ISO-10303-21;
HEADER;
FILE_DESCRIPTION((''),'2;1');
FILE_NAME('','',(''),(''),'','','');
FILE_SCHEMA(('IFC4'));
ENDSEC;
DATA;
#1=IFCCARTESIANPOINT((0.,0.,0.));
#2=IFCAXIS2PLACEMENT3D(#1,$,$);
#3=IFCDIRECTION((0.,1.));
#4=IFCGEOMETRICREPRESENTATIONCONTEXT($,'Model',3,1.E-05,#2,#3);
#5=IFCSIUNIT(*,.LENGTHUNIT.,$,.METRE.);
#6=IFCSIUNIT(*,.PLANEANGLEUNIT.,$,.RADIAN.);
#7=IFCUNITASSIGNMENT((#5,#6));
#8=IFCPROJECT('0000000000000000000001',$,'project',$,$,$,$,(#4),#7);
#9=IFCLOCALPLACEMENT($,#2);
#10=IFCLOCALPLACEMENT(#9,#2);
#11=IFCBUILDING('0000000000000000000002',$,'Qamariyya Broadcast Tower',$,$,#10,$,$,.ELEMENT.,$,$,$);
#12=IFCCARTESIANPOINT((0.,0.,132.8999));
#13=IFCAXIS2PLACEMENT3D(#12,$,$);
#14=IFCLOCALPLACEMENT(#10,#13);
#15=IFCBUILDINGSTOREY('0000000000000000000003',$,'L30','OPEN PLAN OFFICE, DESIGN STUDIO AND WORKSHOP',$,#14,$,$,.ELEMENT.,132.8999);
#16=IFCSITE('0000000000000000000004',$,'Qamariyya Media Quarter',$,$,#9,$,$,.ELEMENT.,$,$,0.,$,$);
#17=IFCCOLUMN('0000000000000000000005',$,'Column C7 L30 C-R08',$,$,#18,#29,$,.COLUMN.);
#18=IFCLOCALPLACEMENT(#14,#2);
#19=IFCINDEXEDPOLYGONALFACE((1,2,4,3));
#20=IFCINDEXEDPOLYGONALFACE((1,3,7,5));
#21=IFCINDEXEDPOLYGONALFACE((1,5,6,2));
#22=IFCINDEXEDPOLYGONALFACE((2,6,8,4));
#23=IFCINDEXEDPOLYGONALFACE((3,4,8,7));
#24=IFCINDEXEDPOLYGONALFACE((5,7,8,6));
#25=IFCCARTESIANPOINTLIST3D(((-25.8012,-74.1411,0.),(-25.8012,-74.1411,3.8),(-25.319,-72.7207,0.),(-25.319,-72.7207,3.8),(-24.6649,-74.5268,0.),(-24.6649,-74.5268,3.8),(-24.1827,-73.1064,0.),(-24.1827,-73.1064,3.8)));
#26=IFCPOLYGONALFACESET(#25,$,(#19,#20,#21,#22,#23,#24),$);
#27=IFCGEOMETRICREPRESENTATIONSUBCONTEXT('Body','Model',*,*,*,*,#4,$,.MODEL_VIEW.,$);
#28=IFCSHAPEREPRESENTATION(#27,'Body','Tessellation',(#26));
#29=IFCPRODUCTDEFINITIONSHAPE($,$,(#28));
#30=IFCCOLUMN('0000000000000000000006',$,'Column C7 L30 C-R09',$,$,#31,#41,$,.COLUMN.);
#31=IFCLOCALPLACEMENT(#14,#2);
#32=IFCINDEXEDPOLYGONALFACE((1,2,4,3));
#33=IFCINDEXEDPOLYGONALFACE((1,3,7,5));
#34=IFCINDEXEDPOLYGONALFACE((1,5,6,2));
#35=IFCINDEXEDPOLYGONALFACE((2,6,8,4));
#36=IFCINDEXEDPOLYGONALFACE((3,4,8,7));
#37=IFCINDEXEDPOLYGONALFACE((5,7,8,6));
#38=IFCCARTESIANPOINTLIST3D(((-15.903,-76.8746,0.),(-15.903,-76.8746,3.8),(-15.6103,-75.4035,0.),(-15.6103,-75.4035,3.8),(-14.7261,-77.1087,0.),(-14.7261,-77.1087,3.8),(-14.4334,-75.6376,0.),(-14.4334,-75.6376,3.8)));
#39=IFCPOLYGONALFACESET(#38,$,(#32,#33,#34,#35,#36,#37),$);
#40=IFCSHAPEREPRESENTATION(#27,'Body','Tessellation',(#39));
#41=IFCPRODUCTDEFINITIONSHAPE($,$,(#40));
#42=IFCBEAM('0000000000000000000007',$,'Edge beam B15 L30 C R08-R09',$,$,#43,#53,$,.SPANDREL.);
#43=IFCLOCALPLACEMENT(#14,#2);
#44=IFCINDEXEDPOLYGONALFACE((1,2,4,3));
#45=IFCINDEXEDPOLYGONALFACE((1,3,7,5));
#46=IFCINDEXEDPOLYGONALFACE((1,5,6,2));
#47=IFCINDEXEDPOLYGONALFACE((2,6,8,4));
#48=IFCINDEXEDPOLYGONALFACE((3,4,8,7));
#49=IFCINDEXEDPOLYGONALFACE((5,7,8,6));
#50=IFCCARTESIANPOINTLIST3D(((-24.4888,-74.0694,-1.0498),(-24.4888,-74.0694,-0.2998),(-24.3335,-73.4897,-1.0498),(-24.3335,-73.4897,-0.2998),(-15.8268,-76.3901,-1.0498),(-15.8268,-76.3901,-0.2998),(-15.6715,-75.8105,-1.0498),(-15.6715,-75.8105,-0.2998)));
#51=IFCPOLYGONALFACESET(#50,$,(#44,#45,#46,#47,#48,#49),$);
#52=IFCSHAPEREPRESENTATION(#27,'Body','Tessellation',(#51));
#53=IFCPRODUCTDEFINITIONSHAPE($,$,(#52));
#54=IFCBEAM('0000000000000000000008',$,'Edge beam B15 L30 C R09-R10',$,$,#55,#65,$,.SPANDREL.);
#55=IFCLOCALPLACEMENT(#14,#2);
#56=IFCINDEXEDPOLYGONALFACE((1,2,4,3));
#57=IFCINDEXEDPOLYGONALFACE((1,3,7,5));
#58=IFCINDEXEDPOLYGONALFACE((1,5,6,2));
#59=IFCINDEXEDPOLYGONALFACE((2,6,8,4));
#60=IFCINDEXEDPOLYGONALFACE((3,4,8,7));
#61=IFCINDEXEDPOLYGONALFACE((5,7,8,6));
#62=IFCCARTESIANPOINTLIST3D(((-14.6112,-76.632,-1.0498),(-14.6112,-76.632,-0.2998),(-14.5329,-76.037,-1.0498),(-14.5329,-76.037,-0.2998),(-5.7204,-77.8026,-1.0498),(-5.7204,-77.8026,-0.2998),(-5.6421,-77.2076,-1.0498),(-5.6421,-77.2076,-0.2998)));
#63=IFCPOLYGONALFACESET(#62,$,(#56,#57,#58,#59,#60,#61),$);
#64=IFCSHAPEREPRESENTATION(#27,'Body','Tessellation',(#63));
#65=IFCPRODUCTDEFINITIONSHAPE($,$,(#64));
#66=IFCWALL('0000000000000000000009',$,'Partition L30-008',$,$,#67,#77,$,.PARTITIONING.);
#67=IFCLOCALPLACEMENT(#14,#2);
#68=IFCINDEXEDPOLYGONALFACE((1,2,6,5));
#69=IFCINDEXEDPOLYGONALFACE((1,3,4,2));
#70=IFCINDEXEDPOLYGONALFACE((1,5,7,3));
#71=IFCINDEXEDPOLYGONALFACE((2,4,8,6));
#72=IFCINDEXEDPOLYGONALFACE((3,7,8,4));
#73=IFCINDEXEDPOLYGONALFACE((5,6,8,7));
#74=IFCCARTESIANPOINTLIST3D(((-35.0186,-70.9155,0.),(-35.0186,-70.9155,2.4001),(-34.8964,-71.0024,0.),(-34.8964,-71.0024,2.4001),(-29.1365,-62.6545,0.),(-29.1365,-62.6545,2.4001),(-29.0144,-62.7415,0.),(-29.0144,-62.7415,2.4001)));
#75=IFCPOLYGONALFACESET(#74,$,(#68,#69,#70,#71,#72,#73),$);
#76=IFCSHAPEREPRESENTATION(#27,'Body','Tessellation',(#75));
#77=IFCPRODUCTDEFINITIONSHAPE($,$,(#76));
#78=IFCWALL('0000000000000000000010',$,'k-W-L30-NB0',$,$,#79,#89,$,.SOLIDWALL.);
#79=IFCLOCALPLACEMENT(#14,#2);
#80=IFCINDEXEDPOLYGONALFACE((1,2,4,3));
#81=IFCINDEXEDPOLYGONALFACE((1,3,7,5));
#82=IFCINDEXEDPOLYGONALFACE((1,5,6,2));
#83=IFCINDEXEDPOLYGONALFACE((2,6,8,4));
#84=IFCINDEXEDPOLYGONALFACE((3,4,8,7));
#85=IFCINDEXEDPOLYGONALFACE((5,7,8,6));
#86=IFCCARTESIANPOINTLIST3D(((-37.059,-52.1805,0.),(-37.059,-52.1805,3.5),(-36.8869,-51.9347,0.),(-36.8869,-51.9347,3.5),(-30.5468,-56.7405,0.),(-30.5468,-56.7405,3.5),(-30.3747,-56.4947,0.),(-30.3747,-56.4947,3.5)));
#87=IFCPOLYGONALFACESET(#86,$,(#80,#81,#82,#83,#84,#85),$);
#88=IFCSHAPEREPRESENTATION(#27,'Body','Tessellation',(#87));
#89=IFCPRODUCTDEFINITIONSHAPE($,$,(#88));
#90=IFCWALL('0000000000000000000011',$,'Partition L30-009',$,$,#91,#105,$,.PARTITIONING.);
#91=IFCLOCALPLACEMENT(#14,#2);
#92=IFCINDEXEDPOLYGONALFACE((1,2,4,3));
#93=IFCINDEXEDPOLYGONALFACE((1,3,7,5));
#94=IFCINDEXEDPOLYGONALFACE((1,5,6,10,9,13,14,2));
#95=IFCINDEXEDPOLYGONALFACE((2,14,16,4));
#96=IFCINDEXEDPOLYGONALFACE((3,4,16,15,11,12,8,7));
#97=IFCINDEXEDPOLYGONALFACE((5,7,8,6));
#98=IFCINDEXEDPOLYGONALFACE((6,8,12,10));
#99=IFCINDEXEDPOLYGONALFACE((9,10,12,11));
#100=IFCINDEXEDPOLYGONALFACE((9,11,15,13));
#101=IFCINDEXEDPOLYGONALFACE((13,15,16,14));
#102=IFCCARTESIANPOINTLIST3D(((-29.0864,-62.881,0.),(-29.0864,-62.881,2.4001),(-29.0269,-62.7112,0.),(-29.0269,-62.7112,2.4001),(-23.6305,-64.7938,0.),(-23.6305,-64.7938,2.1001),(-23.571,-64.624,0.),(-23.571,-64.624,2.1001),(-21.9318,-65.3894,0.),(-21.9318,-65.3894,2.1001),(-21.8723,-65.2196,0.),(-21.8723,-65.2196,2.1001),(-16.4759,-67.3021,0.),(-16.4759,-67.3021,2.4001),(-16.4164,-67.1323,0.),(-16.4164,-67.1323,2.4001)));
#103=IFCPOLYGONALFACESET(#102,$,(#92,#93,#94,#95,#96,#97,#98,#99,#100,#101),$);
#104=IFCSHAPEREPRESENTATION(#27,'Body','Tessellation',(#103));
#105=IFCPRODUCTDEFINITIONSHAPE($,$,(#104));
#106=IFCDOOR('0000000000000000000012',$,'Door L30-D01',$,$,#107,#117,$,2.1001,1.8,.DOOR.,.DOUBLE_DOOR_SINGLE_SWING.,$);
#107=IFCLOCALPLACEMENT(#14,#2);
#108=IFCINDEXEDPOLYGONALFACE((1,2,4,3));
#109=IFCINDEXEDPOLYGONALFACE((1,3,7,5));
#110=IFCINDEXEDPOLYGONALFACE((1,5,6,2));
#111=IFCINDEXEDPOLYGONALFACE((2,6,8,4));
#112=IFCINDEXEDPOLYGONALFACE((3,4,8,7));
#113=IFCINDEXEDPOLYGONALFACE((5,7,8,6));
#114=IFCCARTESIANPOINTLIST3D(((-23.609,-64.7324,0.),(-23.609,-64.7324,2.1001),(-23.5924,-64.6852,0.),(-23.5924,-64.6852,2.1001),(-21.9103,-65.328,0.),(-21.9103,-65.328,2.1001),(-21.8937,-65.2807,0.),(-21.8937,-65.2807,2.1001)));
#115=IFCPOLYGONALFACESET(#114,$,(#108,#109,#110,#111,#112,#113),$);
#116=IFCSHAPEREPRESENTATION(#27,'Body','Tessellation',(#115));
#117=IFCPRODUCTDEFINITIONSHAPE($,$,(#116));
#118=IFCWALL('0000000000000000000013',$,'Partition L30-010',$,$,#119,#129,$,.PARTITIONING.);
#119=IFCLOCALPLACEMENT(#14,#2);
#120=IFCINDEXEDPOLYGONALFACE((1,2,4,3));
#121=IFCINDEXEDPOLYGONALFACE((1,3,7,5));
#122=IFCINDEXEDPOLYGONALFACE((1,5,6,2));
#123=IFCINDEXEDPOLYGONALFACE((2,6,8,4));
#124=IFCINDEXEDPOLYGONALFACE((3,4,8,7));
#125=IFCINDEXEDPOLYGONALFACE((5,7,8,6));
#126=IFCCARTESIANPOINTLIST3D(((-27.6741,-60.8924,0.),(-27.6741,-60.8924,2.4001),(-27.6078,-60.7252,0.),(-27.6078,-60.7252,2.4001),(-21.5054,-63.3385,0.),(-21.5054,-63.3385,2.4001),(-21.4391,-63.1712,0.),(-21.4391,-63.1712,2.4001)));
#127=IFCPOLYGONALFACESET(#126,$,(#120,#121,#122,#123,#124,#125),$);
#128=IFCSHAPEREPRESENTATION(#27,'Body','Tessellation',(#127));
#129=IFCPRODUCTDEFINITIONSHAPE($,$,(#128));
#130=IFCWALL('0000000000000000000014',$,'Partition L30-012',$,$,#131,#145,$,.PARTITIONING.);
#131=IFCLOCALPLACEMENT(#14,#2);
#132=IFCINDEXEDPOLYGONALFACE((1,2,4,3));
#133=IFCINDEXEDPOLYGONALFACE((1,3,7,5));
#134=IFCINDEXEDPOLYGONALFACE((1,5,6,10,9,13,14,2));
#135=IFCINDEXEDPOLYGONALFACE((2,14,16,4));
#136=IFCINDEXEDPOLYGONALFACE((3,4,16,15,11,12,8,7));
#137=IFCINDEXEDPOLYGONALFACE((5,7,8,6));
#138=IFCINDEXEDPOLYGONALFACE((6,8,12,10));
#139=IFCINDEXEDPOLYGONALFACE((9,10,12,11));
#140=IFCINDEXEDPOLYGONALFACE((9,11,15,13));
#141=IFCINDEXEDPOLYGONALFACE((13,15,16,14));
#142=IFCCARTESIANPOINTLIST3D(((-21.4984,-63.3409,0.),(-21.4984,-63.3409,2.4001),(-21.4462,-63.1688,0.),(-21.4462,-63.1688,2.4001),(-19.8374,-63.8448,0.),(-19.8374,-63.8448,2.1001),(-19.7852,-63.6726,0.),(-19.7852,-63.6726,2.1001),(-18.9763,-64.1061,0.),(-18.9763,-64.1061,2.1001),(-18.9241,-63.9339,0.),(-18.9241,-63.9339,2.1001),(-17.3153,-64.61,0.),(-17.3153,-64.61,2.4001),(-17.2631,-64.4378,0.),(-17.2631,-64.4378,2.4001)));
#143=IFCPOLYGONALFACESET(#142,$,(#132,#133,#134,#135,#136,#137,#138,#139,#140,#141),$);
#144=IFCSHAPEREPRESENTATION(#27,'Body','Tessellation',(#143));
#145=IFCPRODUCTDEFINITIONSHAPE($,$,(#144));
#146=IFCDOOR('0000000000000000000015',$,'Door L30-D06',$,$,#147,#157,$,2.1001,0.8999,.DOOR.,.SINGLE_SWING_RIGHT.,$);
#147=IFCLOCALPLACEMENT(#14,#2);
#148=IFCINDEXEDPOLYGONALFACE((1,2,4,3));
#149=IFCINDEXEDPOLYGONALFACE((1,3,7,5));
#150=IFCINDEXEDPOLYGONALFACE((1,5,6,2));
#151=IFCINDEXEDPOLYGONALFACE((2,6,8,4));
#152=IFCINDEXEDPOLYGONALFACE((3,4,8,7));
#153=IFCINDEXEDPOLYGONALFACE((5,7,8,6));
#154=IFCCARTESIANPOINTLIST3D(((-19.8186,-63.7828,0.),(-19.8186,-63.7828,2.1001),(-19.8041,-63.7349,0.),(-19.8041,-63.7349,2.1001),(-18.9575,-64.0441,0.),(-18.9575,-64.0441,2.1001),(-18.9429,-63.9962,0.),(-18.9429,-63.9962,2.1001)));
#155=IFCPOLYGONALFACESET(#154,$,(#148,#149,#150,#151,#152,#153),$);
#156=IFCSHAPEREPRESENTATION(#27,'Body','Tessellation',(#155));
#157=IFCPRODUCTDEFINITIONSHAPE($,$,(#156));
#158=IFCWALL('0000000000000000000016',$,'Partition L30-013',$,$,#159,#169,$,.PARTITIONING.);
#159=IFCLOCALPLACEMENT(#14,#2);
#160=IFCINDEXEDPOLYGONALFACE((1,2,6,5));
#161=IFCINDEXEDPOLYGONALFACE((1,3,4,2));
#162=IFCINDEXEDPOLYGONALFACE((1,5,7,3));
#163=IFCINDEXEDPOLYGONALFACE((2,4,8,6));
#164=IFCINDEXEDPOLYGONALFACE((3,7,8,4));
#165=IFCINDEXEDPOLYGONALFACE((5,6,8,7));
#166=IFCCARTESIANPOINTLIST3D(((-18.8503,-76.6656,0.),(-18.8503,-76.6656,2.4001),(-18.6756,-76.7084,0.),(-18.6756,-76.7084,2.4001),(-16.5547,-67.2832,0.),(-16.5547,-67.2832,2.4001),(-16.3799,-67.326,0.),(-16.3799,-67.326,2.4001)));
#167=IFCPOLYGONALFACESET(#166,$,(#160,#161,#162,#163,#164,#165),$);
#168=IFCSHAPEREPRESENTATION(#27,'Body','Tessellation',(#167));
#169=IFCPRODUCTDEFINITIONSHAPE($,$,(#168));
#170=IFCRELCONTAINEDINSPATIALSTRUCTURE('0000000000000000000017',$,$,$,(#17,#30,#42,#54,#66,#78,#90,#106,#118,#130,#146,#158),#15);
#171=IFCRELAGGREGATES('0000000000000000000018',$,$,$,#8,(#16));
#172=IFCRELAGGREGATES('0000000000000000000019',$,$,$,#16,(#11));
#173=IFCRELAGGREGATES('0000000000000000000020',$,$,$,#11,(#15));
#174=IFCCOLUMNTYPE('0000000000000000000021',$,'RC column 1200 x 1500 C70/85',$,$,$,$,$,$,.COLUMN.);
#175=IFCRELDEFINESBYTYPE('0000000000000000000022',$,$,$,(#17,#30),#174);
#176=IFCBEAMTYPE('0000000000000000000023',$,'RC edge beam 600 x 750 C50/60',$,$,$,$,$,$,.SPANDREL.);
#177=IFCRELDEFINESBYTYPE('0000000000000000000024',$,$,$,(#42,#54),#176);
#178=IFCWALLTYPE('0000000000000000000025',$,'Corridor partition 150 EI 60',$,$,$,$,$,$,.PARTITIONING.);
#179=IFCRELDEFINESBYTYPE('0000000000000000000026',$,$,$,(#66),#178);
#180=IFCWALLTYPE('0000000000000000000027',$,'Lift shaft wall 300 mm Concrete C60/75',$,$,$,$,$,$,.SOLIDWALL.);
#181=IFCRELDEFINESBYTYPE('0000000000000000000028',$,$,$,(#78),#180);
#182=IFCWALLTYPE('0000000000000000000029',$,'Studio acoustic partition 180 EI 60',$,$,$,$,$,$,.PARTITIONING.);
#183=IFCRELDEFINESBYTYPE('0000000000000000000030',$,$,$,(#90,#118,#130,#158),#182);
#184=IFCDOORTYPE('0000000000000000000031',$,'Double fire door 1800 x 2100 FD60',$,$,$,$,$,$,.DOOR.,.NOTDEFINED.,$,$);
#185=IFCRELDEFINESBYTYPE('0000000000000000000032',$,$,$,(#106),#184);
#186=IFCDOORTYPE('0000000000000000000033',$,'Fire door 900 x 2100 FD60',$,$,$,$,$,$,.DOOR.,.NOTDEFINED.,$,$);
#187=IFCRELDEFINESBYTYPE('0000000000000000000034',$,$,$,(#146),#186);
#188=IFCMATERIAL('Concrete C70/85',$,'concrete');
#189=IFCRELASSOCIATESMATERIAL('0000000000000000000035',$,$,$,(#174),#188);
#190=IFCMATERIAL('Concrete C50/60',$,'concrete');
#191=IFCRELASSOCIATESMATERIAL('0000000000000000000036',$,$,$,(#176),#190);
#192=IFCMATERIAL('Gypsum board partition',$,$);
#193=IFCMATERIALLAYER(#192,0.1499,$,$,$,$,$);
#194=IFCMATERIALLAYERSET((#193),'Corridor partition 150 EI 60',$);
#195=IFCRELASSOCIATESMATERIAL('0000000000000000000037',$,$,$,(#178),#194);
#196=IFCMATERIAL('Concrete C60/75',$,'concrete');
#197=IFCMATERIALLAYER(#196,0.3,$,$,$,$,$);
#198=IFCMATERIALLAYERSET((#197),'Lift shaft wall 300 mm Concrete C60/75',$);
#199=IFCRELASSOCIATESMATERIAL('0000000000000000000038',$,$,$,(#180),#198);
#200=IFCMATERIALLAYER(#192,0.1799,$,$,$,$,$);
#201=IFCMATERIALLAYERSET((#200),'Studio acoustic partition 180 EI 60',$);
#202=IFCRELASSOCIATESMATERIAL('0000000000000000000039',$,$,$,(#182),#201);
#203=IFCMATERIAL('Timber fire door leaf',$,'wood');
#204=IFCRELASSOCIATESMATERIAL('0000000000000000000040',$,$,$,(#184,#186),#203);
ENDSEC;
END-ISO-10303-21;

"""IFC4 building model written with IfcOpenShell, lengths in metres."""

from ifc_helpers import new_model, si_unit, direction, frame, frame_2d, origin, origin_2d, place, context, subcontext, project, spatial, rectangle, extrude, material, layer, layer_set, material_profile, profile_set, type_object, element, fill, save


model = new_model("IFC4")

# Units and contexts
model_context = context("Model", 3, precision=1e-05, world=origin(), true_north=direction((0.0, 1.0)))
body_context = subcontext(model_context, "Body", "Model", "MODEL_VIEW")
ifc_project = project(units=[si_unit("LENGTHUNIT", "METRE"), si_unit("PLANEANGLEUNIT", "RADIAN")], contexts=[model_context])

# Site, building, storey
site_placement = place(None, origin())
site = spatial("IfcSite", under=ifc_project, at=site_placement, Name="Qamariyya Media Quarter", CompositionType="ELEMENT", RefElevation=0.0)
building_placement = place(site_placement, origin())
building = spatial("IfcBuilding", under=site, at=building_placement, Name="Qamariyya Broadcast Tower", CompositionType="ELEMENT")
storey_placement = place(building_placement, frame((0.0, 0.0, 132.8999)))
storey = spatial("IfcBuildingStorey", under=building, at=storey_placement, Name="L30", Description="OPEN PLAN OFFICE, DESIGN STUDIO AND WORKSHOP", CompositionType="ELEMENT", Elevation=132.8999)

# Columns
ifc_material_1 = material(Name="Concrete C70/85", Category="concrete")
ifc_material_profile_1 = material_profile(ifc_material_1, rectangle(XDim=1.2, YDim=1.5, at=origin_2d()))
ifc_profile_set_1 = profile_set([ifc_material_profile_1], Name="Concrete C70/85")
column_type = type_object("IfcColumnType", Name="RC column 1200 x 1500 C70/85", PredefinedType="COLUMN", material=ifc_profile_set_1)
for number, where, z_axis, x_axis, name in (
    (1, (-24.9919, -73.6238, 0.0), (0.0, 0.0, 1.0), (0.94693, -0.321439, 0.0), "Column C7 L30 C-R08"),
    (2, (-15.1682, -76.2561, 0.0), (0.0, 0.0, 1.0), (0.980785, -0.19509, 0.0), "Column C7 L30 C-R09"),
):
    element("IfcColumn", number, at=place(storey_placement, frame(where, z_axis=z_axis, x_axis=x_axis)), inside=storey, type_object=column_type, Name=name, PredefinedType="COLUMN", context=body_context, shape_type="SweptSolid", body=[
        extrude(rectangle(XDim=1.2, YDim=1.5, at=origin_2d()), origin(), (0.0, 0.0, 1.0), 3.8),
    ])

# Beams
ifc_material_2 = material(Name="Concrete C50/60", Category="concrete")
ifc_material_profile_2 = material_profile(ifc_material_2, rectangle(XDim=0.6001, YDim=0.75, at=origin_2d()))
ifc_profile_set_2 = profile_set([ifc_material_profile_2], Name="Concrete C50/60")
beam_type = type_object("IfcBeamType", Name="RC edge beam 600 x 750 C50/60", PredefinedType="SPANDREL", material=ifc_profile_set_2)
for number, where, z_axis, x_axis, name in (
    (3, (-24.4111, -73.7795, -0.6748), (0.965932, -0.258798, 0.0), (0.258798, 0.965932, 0.0), "Edge beam B15 L30 C R08-R09"),
    (4, (-14.572, -76.3345, -0.6748), (0.991443, -0.130543, 0.0), (0.130543, 0.991443, 0.0), "Edge beam B15 L30 C R09-R10"),
):
    element("IfcBeam", number, at=place(storey_placement, frame(where, z_axis=z_axis, x_axis=x_axis)), inside=storey, type_object=beam_type, Name=name, PredefinedType="SPANDREL", context=body_context, shape_type="SweptSolid", body=[
        extrude(rectangle(XDim=0.6001, YDim=0.75, at=origin_2d()), origin(), (0.0, 0.0, 1.0), 8.9675),
    ])

# Walls
ifc_material_3 = material(Name="Gypsum board partition")
ifc_layer_1 = layer(ifc_material_3, 0.1499)
ifc_layer_set_1 = layer_set([ifc_layer_1], Name="Corridor partition 150 EI 60")
wall_type_1 = type_object("IfcWallType", Name="Corridor partition 150 EI 60", PredefinedType="PARTITIONING", material=ifc_layer_set_1)
wall_1_placement = place(storey_placement, frame((-29.0754, -62.698, 0.0), z_axis=(0.0, 0.0, 1.0), x_axis=(-0.580021, -0.814601, 0.0)))
element("IfcWall", 5, at=wall_1_placement, inside=storey, type_object=wall_type_1, Name="Partition L30-008", PredefinedType="PARTITIONING", context=body_context, shape_type="SweptSolid", body=[
    extrude(rectangle(XDim=10.1411, YDim=0.1499, at=frame_2d((5.0706, 0.0))), origin(), (0.0, 0.0, 1.0), 2.4001),
])
ifc_material_4 = material(Name="Concrete C60/75", Category="concrete")
ifc_layer_2 = layer(ifc_material_4, 0.3)
ifc_layer_set_2 = layer_set([ifc_layer_2], Name="Lift shaft wall 300 mm Concrete C60/75")
wall_type_2 = type_object("IfcWallType", Name="Lift shaft wall 300 mm Concrete C60/75", PredefinedType="SOLIDWALL", material=ifc_layer_set_2)
wall_2_placement = place(storey_placement, frame((-30.4607, -56.6177, 0.0), z_axis=(0.0, 0.0, 1.0), x_axis=(-0.819142, 0.57359, 0.0)))
element("IfcWall", 6, at=wall_2_placement, inside=storey, type_object=wall_type_2, Name="k-W-L30-NB0", PredefinedType="SOLIDWALL", context=body_context, shape_type="SweptSolid", body=[
    extrude(rectangle(XDim=7.95, YDim=0.3, at=frame_2d((3.9751, 0.0))), origin(), (0.0, 0.0, 1.0), 3.5),
])

# Wall, opening, door
ifc_layer_3 = layer(ifc_material_3, 0.1799)
ifc_layer_set_3 = layer_set([ifc_layer_3], Name="Studio acoustic partition 180 EI 60")
wall_type_3 = type_object("IfcWallType", Name="Studio acoustic partition 180 EI 60", PredefinedType="PARTITIONING", material=ifc_layer_set_3)
wall_3_placement = place(storey_placement, frame((-16.446, -67.2173, 0.0), z_axis=(0.0, 0.0, 1.0), x_axis=(-0.943685, 0.330846, 0.0)))
wall_3 = element("IfcWall", 7, at=wall_3_placement, inside=storey, type_object=wall_type_3, Name="Partition L30-009", PredefinedType="PARTITIONING", context=body_context, shape_type="SweptSolid", body=[
    extrude(rectangle(XDim=13.363, YDim=0.1799, at=frame_2d((6.6816, 0.0))), origin(), (0.0, 0.0, 1.0), 2.4001),
])
opening_1_placement = place(wall_3_placement, frame((5.7817, 0.0, 0.0)))
opening_1 = element("IfcOpeningElement", 8, at=opening_1_placement, cuts=wall_3, PredefinedType="OPENING", context=body_context, shape_type="SweptSolid", body=[
    extrude(rectangle(XDim=1.8, YDim=2.1001, at=frame_2d((0.8999, 1.05))), frame((0.0, 0.0999, 0.0), z_axis=(0.0, -1.0, 0.0), x_axis=(1.0, 0.0, 0.0)), (0.0, 0.0, 1.0), 0.2),
])
ifc_material_5 = material(Name="Timber fire door leaf", Category="wood")
door_type_1 = type_object("IfcDoorType", Name="Double fire door 1800 x 2100 FD60", OperationType="NOTDEFINED", PredefinedType="DOOR", material=ifc_material_5)
door_1_placement = place(opening_1_placement, origin())
door_1 = element("IfcDoor", 9, at=door_1_placement, inside=storey, type_object=door_type_1, Name="Door L30-D01", OperationType="DOUBLE_DOOR_SINGLE_SWING", OverallHeight=2.1001, OverallWidth=1.8, PredefinedType="DOOR", context=body_context, shape_type="SweptSolid", body=[
    extrude(rectangle(XDim=1.8, YDim=2.1001, at=frame_2d((0.8999, 1.05))), frame((0.0, 0.0249, 0.0), z_axis=(0.0, -1.0, 0.0), x_axis=(1.0, 0.0, 0.0)), (0.0, 0.0, 1.0), 0.05),
])
fill(opening_1, door_1)

# Wall
wall_4_placement = place(storey_placement, frame((-27.6409, -60.8088, 0.0), z_axis=(0.0, 0.0, 1.0), x_axis=(0.929586, -0.368604, 0.0)))
element("IfcWall", 10, at=wall_4_placement, inside=storey, type_object=wall_type_3, Name="Partition L30-010", PredefinedType="PARTITIONING", context=body_context, shape_type="SweptSolid", body=[
    extrude(rectangle(XDim=6.636, YDim=0.1799, at=frame_2d((3.3179, 0.0))), origin(), (0.0, 0.0, 1.0), 2.4001),
])

# Wall, opening, door
wall_5_placement = place(storey_placement, frame((-21.4722, -63.2549, 0.0), z_axis=(0.0, 0.0, 1.0), x_axis=(0.956933, -0.290308, 0.0)))
wall_5 = element("IfcWall", 11, at=wall_5_placement, inside=storey, type_object=wall_type_3, Name="Partition L30-012", PredefinedType="PARTITIONING", context=body_context, shape_type="SweptSolid", body=[
    extrude(rectangle(XDim=4.3713, YDim=0.1799, at=frame_2d((2.1855, 0.0))), origin(), (0.0, 0.0, 1.0), 2.4001),
])
opening_2_placement = place(wall_5_placement, frame((1.7356, 0.0, 0.0)))
opening_2 = element("IfcOpeningElement", 12, at=opening_2_placement, cuts=wall_5, PredefinedType="OPENING", context=body_context, shape_type="SweptSolid", body=[
    extrude(rectangle(XDim=0.8999, YDim=2.1001, at=frame_2d((0.45, 1.05))), frame((0.0, 0.0999, 0.0), z_axis=(0.0, -1.0, 0.0), x_axis=(1.0, 0.0, 0.0)), (0.0, 0.0, 1.0), 0.2),
])
door_type_2 = type_object("IfcDoorType", Name="Fire door 900 x 2100 FD60", OperationType="NOTDEFINED", PredefinedType="DOOR", material=ifc_material_5)
door_2_placement = place(opening_2_placement, origin())
door_2 = element("IfcDoor", 13, at=door_2_placement, inside=storey, type_object=door_type_2, Name="Door L30-D06", OperationType="SINGLE_SWING_RIGHT", OverallHeight=2.1001, OverallWidth=0.8999, PredefinedType="DOOR", context=body_context, shape_type="SweptSolid", body=[
    extrude(rectangle(XDim=0.8999, YDim=2.1001, at=frame_2d((0.45, 1.05))), frame((0.0, 0.0249, 0.0), z_axis=(0.0, -1.0, 0.0), x_axis=(1.0, 0.0, 0.0)), (0.0, 0.0, 1.0), 0.05),
])
fill(opening_2, door_2)

# Wall
wall_6_placement = place(storey_placement, frame((-18.7629, -76.687, 0.0), z_axis=(0.0, 0.0, 1.0), x_axis=(0.237668, 0.971347, 0.0)))
element("IfcWall", 14, at=wall_6_placement, inside=storey, type_object=wall_type_3, Name="Partition L30-013", PredefinedType="PARTITIONING", context=body_context, shape_type="SweptSolid", body=[
    extrude(rectangle(XDim=9.6592, YDim=0.1799, at=frame_2d((4.8296, 0.0))), origin(), (0.0, 0.0, 1.0), 2.4001),
])

save(model, "model.ifc")
